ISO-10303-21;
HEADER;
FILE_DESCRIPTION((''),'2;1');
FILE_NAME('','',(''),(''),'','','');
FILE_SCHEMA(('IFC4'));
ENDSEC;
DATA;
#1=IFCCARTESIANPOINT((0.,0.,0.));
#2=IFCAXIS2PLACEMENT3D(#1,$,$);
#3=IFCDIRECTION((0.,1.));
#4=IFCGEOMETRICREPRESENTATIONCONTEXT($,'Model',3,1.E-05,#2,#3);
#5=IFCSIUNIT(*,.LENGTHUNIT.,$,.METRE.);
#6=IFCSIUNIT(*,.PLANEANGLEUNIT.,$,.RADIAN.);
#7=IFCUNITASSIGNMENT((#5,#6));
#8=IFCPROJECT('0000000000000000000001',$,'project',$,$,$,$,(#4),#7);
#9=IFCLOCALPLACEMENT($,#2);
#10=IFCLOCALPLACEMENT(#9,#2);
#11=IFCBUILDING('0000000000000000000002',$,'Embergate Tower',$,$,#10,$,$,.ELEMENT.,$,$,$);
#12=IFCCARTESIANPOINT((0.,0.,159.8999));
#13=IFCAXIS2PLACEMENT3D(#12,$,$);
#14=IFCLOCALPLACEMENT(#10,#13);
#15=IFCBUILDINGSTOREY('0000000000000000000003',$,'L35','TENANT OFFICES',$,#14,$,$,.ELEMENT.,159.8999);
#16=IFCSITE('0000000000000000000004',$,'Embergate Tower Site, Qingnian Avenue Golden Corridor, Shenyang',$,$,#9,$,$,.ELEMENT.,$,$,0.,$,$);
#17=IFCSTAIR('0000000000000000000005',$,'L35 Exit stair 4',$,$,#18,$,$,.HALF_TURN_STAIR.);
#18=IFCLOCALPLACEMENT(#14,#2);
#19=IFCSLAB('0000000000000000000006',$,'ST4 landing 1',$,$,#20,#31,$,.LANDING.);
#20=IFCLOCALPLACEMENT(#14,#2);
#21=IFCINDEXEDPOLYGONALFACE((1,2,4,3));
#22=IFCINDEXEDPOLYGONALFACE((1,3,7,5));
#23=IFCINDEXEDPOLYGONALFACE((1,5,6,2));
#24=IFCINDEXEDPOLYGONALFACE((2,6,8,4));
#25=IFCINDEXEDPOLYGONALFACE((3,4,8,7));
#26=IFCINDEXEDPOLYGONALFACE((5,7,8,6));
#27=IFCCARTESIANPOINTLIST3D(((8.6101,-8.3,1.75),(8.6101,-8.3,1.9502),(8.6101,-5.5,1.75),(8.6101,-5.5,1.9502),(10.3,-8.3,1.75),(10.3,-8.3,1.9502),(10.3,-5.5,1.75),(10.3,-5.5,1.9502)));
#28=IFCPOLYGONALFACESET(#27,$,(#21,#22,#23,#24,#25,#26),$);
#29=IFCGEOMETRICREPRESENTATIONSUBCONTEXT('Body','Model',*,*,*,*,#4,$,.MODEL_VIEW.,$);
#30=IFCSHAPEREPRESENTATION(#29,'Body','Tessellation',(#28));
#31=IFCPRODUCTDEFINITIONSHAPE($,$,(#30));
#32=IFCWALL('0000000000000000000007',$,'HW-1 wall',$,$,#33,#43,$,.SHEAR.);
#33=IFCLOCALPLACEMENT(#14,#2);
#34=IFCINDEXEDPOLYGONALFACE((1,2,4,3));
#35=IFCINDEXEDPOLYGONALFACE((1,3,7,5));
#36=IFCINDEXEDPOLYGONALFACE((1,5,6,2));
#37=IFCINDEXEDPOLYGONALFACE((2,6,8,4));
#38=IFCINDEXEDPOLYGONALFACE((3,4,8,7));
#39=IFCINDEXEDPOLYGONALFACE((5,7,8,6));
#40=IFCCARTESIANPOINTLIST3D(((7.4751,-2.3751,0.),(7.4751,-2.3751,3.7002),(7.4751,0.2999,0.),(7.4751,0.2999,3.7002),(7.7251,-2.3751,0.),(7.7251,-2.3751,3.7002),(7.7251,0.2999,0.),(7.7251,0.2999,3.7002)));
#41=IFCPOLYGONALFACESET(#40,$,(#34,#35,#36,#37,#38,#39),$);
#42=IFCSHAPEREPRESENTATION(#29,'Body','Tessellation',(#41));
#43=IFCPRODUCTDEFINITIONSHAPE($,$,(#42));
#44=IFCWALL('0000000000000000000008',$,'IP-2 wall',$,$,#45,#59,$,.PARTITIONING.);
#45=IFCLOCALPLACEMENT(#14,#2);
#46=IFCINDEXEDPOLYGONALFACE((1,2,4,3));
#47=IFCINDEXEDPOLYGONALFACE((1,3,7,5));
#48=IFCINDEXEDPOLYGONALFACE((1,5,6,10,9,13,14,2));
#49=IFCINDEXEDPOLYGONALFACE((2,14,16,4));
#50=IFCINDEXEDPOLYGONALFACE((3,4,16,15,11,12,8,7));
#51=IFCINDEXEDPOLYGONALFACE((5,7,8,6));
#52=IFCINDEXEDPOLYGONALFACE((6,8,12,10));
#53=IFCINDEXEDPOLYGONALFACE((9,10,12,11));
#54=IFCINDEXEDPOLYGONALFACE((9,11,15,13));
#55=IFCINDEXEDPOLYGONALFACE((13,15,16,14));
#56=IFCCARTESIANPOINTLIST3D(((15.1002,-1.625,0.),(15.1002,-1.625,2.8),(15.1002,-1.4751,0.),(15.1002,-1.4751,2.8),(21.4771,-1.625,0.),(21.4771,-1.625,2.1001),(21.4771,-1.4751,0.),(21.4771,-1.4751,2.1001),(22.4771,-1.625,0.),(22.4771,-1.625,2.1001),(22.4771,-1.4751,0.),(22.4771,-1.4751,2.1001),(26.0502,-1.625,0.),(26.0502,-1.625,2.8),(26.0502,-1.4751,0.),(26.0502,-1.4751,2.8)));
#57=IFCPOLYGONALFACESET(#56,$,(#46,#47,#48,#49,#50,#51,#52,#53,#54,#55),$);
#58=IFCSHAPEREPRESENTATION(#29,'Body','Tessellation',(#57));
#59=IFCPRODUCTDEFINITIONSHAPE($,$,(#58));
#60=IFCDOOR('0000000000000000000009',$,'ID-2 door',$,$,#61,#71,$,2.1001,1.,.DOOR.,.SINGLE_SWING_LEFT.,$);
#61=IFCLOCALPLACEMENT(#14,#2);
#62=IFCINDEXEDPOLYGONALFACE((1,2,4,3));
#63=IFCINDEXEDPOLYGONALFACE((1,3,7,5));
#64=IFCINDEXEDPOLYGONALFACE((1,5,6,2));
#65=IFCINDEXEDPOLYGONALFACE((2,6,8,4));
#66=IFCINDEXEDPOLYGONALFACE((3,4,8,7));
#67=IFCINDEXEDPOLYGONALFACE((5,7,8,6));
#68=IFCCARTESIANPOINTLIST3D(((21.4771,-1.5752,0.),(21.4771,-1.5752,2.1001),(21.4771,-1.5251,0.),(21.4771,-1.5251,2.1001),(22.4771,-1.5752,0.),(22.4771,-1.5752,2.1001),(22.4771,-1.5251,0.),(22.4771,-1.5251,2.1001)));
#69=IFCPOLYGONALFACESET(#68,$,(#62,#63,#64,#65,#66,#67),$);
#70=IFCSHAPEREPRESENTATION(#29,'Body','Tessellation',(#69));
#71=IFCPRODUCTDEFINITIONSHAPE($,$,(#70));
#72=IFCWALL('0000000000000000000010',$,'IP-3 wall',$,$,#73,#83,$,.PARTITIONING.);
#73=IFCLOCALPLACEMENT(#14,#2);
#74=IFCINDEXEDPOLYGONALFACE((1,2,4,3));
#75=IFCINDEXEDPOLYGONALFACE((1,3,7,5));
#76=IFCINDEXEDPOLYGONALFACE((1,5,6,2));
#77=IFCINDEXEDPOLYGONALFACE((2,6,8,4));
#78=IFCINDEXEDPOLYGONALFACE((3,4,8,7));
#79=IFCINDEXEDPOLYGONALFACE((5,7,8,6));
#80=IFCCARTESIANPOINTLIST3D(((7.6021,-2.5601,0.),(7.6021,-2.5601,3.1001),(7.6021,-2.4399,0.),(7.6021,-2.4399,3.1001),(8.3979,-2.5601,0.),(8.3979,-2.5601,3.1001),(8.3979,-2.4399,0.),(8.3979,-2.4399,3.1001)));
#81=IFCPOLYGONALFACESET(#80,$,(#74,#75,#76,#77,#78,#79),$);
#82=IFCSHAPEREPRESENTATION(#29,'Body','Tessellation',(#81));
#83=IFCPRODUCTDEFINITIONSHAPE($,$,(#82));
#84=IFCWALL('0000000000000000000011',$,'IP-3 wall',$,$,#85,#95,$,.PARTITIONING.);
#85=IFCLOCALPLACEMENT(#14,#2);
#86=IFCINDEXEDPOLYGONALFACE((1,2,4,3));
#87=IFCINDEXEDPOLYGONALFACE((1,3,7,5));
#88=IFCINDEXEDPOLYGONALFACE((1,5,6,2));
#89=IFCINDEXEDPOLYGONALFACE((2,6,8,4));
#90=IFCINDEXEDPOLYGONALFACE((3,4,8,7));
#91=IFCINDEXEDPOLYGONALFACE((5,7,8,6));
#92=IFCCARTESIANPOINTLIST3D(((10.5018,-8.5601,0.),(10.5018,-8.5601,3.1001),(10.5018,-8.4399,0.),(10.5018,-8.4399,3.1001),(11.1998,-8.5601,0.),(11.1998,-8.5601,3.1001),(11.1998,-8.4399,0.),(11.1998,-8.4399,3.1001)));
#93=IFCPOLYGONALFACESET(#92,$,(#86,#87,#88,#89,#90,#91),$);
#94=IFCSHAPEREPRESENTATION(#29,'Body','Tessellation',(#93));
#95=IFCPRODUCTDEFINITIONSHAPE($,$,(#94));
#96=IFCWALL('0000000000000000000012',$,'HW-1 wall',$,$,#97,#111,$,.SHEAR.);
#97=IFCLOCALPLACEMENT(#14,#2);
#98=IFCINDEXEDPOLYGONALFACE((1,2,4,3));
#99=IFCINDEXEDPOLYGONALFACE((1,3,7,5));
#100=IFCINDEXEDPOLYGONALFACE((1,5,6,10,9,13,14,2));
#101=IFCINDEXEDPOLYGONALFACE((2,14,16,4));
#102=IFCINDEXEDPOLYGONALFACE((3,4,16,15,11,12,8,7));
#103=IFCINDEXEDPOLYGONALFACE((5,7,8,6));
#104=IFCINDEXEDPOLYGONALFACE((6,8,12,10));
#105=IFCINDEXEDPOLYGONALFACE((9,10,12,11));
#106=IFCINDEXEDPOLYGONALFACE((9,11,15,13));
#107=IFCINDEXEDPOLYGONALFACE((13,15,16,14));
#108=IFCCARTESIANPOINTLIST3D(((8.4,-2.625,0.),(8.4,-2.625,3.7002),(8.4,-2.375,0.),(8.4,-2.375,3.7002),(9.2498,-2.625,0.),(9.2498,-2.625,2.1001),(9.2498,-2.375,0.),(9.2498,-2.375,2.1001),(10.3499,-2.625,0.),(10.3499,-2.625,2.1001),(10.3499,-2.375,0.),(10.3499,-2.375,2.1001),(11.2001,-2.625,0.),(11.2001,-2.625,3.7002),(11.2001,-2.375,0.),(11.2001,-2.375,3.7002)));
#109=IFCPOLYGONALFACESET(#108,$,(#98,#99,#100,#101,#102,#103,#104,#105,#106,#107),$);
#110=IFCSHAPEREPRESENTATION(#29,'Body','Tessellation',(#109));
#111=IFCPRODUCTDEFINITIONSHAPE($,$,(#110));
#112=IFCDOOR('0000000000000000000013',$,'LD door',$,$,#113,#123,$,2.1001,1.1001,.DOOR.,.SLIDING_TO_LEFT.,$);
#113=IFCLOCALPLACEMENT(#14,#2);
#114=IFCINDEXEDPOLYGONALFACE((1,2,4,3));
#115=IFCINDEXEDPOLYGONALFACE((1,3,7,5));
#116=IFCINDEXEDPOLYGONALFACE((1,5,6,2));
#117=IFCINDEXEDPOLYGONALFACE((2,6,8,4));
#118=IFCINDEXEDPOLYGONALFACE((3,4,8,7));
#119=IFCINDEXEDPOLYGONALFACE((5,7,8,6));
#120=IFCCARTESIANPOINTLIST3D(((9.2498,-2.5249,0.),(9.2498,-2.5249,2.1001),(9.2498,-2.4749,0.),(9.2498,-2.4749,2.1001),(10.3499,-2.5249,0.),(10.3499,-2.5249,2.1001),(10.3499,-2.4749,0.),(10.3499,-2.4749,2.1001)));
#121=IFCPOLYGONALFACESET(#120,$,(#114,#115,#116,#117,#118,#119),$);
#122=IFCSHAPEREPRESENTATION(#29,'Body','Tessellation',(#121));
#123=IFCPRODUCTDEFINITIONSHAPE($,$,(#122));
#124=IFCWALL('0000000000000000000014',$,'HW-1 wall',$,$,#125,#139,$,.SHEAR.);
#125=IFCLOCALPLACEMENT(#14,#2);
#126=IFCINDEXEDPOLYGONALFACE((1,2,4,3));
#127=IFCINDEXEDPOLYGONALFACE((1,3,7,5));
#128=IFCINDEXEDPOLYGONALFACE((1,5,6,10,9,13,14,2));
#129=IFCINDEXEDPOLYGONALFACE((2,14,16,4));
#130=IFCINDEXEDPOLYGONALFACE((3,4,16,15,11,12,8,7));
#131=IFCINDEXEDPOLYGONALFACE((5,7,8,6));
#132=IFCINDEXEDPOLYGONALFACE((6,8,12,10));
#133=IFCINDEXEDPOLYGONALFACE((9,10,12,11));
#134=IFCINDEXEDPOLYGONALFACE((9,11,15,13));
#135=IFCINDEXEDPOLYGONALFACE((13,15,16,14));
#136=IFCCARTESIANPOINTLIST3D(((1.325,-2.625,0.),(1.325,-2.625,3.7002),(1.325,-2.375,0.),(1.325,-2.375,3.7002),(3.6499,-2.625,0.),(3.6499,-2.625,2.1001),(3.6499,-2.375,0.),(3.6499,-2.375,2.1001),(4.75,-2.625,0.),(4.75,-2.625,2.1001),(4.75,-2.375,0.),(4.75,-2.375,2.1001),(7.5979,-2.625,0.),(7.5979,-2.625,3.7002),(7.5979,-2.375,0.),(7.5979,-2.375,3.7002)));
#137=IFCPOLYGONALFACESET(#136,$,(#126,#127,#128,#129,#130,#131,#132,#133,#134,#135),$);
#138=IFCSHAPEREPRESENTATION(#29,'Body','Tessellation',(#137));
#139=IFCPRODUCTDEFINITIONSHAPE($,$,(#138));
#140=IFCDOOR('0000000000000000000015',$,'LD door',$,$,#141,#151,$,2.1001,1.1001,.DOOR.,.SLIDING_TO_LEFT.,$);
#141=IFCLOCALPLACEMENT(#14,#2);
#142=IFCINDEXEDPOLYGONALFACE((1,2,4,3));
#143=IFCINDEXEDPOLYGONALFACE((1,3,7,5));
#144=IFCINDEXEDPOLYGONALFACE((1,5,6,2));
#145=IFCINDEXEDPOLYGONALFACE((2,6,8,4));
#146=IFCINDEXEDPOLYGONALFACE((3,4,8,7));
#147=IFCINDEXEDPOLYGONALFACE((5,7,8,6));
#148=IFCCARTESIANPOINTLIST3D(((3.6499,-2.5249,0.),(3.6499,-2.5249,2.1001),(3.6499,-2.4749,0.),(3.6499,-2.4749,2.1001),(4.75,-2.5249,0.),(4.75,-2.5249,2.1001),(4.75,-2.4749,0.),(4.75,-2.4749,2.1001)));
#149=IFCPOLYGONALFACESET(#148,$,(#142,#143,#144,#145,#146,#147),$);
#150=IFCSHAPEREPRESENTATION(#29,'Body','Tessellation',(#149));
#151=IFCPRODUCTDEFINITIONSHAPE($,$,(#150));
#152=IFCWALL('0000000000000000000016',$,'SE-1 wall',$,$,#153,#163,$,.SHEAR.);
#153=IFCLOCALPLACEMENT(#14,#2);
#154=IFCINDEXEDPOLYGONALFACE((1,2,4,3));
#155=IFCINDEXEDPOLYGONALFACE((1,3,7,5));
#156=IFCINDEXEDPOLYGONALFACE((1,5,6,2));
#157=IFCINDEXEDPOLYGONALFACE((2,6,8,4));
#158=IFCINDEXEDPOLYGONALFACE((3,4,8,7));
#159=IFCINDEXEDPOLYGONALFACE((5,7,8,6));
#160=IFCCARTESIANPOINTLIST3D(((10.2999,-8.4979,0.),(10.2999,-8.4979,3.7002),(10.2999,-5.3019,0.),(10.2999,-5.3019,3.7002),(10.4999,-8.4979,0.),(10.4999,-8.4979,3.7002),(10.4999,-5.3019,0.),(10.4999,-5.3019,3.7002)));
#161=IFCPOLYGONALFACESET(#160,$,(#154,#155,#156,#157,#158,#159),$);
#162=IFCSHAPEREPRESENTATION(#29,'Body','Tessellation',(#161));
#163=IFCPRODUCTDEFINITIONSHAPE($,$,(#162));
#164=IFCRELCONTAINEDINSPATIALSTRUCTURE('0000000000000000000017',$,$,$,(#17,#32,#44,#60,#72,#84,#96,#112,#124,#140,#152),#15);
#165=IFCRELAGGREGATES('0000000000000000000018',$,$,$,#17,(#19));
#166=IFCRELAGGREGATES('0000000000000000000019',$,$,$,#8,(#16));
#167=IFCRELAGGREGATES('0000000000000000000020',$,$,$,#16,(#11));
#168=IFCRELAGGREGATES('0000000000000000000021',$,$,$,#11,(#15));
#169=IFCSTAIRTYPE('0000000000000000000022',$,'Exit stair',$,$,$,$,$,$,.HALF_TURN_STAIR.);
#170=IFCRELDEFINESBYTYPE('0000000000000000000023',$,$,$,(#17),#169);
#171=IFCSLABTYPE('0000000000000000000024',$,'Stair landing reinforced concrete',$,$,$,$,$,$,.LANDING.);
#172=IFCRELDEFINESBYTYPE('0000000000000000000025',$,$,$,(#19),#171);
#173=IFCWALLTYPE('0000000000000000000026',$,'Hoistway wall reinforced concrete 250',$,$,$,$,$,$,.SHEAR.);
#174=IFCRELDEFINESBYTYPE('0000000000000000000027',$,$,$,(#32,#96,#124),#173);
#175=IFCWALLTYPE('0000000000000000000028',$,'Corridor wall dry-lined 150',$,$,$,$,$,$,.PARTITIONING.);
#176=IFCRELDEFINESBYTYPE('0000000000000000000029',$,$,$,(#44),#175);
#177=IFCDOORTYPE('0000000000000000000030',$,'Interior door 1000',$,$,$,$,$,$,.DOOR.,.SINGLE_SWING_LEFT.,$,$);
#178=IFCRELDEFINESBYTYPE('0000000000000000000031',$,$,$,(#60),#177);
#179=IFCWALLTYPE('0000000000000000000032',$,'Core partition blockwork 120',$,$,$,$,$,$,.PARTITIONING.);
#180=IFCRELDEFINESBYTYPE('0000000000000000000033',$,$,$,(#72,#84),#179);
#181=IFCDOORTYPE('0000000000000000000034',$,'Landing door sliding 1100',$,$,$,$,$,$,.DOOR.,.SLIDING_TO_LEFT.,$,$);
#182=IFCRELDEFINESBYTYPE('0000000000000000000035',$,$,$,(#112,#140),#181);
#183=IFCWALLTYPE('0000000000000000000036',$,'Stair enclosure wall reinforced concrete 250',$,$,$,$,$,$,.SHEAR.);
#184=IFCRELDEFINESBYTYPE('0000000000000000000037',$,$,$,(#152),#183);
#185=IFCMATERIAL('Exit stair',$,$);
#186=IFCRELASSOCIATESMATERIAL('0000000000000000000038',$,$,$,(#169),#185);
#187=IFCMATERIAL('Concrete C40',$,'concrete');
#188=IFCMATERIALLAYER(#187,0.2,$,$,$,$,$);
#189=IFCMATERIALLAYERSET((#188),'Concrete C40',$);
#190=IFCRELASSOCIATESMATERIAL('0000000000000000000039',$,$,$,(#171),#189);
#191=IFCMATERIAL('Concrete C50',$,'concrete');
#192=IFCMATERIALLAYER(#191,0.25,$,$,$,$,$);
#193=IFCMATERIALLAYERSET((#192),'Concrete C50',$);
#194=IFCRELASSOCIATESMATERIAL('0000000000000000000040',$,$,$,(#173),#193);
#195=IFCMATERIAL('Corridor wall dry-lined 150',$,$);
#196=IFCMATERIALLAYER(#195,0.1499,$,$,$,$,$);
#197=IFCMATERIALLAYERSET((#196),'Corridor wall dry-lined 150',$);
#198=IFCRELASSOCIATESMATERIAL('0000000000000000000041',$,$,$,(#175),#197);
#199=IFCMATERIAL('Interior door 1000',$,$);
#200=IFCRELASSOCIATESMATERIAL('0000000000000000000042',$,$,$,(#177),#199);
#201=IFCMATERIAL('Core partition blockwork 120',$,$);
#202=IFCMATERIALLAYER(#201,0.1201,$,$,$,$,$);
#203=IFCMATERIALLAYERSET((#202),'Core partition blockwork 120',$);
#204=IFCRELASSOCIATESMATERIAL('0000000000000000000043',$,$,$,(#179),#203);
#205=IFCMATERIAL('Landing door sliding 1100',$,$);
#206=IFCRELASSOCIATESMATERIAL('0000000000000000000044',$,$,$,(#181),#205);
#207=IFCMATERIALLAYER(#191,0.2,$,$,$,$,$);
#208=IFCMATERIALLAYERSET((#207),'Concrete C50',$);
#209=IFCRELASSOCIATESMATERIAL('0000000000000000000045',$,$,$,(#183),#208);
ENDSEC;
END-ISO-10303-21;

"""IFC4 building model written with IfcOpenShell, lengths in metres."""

from ifc_helpers import new_model, si_unit, direction, frame, frame_2d, origin, place, context, subcontext, project, spatial, polyline, rectangle, outline, extrude, source, transform, mapped, material, layer, layer_set, type_object, element, fill, aggregate, save


model = new_model("IFC4")

# Units and contexts
model_context = context("Model", 3, precision=1e-05, world=origin(), true_north=direction((0.0, 1.0)))
body_context = subcontext(model_context, "Body", "Model", "MODEL_VIEW")
ifc_project = project(units=[si_unit("LENGTHUNIT", "METRE"), si_unit("PLANEANGLEUNIT", "RADIAN")], contexts=[model_context])

# Site, building, storey
site_placement = place(None, origin())
site = spatial("IfcSite", under=ifc_project, at=site_placement, Name="Embergate Tower Site, Qingnian Avenue Golden Corridor, Shenyang", CompositionType="ELEMENT", RefElevation=0.0)
building_placement = place(site_placement, origin())
building = spatial("IfcBuilding", under=site, at=building_placement, Name="Embergate Tower", CompositionType="ELEMENT")
storey_placement = place(building_placement, frame((0.0, 0.0, 159.8999)))
storey = spatial("IfcBuildingStorey", under=building, at=storey_placement, Name="L35", Description="TENANT OFFICES", CompositionType="ELEMENT", Elevation=159.8999)

# Stair, slab
ifc_material_1 = material(Name="Exit stair")
stair_type = type_object("IfcStairType", Name="Exit stair", PredefinedType="HALF_TURN_STAIR", material=ifc_material_1)
stair_placement = place(storey_placement, origin())
stair = element("IfcStair", 1, at=stair_placement, inside=storey, type_object=stair_type, Name="L35 Exit stair 4", PredefinedType="HALF_TURN_STAIR")
ifc_material_2 = material(Name="Concrete C40", Category="concrete")
ifc_layer_1 = layer(ifc_material_2, 0.2)
ifc_layer_set_1 = layer_set([ifc_layer_1], Name="Concrete C40")
slab_type = type_object("IfcSlabType", Name="Stair landing reinforced concrete", PredefinedType="LANDING", material=ifc_layer_set_1)
shared_shape_1 = source(origin(), body_context, "Body", "SweptSolid", [
    extrude(outline(polyline([(0.0, 0.0), (1.6899, 0.0), (1.6899, 2.8), (0.0, 2.8), (0.0, 0.0)])), origin(), (0.0, 0.0, 1.0), 0.2002),
])
slab_placement = place(storey_placement, frame((8.6101, -8.3, 1.75)))
slab = element("IfcSlab", 2, at=slab_placement, type_object=slab_type, Name="ST4 landing 1", PredefinedType="LANDING", context=body_context, shape_type="MappedRepresentation", body=[
    mapped(shared_shape_1, transform((0.0, 0.0, 0.0))),
])

# Wall
ifc_material_3 = material(Name="Concrete C50", Category="concrete")
ifc_layer_2 = layer(ifc_material_3, 0.25)
ifc_layer_set_2 = layer_set([ifc_layer_2], Name="Concrete C50")
wall_type_1 = type_object("IfcWallType", Name="Hoistway wall reinforced concrete 250", PredefinedType="SHEAR", material=ifc_layer_set_2)
shared_shape_2 = source(origin(), body_context, "Body", "SweptSolid", [
    extrude(rectangle(XDim=2.675, YDim=0.25, at=frame_2d((1.3374, 0.0))), origin(), (0.0, 0.0, 1.0), 3.7002),
])
wall_1_placement = place(storey_placement, frame((7.6001, -2.375, 0.0), z_axis=(0.0, 0.0, 1.0), x_axis=(0.0, 1.0, 0.0)))
element("IfcWall", 3, at=wall_1_placement, inside=storey, type_object=wall_type_1, Name="HW-1 wall", PredefinedType="SHEAR", context=body_context, shape_type="MappedRepresentation", body=[
    mapped(shared_shape_2, transform((0.0, 0.0, 0.0))),
])

# Wall, opening, door
ifc_material_4 = material(Name="Corridor wall dry-lined 150")
ifc_layer_3 = layer(ifc_material_4, 0.1499)
ifc_layer_set_3 = layer_set([ifc_layer_3], Name="Corridor wall dry-lined 150")
wall_type_2 = type_object("IfcWallType", Name="Corridor wall dry-lined 150", PredefinedType="PARTITIONING", material=ifc_layer_set_3)
shared_shape_3 = source(origin(), body_context, "Body", "SweptSolid", [
    extrude(rectangle(XDim=10.95, YDim=0.1499, at=frame_2d((5.4751, 0.0))), origin(), (0.0, 0.0, 1.0), 2.8),
])
wall_2_placement = place(storey_placement, frame((15.1001, -1.55, 0.0), z_axis=(0.0, 0.0, 1.0), x_axis=(1.0, 0.0, 0.0)))
wall_2 = element("IfcWall", 4, at=wall_2_placement, inside=storey, type_object=wall_type_2, Name="IP-2 wall", PredefinedType="PARTITIONING", context=body_context, shape_type="MappedRepresentation", body=[
    mapped(shared_shape_3, transform((0.0, 0.0, 0.0))),
])
shared_shape_4 = source(origin(), body_context, "Body", "SweptSolid", [
    extrude(rectangle(XDim=1.0, YDim=2.1001, at=frame_2d((0.5, 1.05))), frame((0.0, 0.085, 0.0), z_axis=(0.0, -1.0, 0.0), x_axis=(1.0, 0.0, 0.0)), (0.0, 0.0, 1.0), 0.1699),
])
opening_1_placement = place(wall_2_placement, frame((6.377, 0.0, 0.0)))
opening_1 = element("IfcOpeningElement", 5, at=opening_1_placement, cuts=wall_2, PredefinedType="OPENING", context=body_context, shape_type="MappedRepresentation", body=[
    mapped(shared_shape_4, transform((0.0, 0.0, 0.0))),
])
ifc_material_5 = material(Name="Interior door 1000")
door_type_1 = type_object("IfcDoorType", Name="Interior door 1000", OperationType="SINGLE_SWING_LEFT", PredefinedType="DOOR", material=ifc_material_5)
shared_shape_5 = source(origin(), body_context, "Body", "SweptSolid", [
    extrude(rectangle(XDim=1.0, YDim=2.1001, at=frame_2d((0.5, 1.05))), frame((0.0, 0.0249, 0.0), z_axis=(0.0, -1.0, 0.0), x_axis=(1.0, 0.0, 0.0)), (0.0, 0.0, 1.0), 0.05),
])
door_1_placement = place(opening_1_placement, origin())
door_1 = element("IfcDoor", 6, at=door_1_placement, inside=storey, type_object=door_type_1, Name="ID-2 door", OperationType="SINGLE_SWING_LEFT", OverallHeight=2.1001, OverallWidth=1.0, PredefinedType="DOOR", context=body_context, shape_type="MappedRepresentation", body=[
    mapped(shared_shape_5, transform((0.0, 0.0, 0.0))),
])
fill(opening_1, door_1)

# Walls
ifc_material_6 = material(Name="Core partition blockwork 120")
ifc_layer_4 = layer(ifc_material_6, 0.1201)
ifc_layer_set_4 = layer_set([ifc_layer_4], Name="Core partition blockwork 120")
wall_type_3 = type_object("IfcWallType", Name="Core partition blockwork 120", PredefinedType="PARTITIONING", material=ifc_layer_set_4)
shared_shape_6 = source(origin(), body_context, "Body", "SweptSolid", [
    extrude(rectangle(XDim=0.7959, YDim=0.1201, at=frame_2d((0.3979, 0.0))), origin(), (0.0, 0.0, 1.0), 3.1001),
])
wall_3_placement = place(storey_placement, frame((7.6021, -2.5, 0.0), z_axis=(0.0, 0.0, 1.0), x_axis=(1.0, 0.0, 0.0)))
element("IfcWall", 7, at=wall_3_placement, inside=storey, type_object=wall_type_3, Name="IP-3 wall", PredefinedType="PARTITIONING", context=body_context, shape_type="MappedRepresentation", body=[
    mapped(shared_shape_6, transform((0.0, 0.0, 0.0))),
])
shared_shape_7 = source(origin(), body_context, "Body", "SweptSolid", [
    extrude(rectangle(XDim=0.698, YDim=0.1201, at=frame_2d((0.3491, 0.0))), origin(), (0.0, 0.0, 1.0), 3.1001),
])
wall_4_placement = place(storey_placement, frame((11.2, -8.5, 0.0), z_axis=(0.0, 0.0, 1.0), x_axis=(-1.0, 0.0, 0.0)))
element("IfcWall", 8, at=wall_4_placement, inside=storey, type_object=wall_type_3, Name="IP-3 wall", PredefinedType="PARTITIONING", context=body_context, shape_type="MappedRepresentation", body=[
    mapped(shared_shape_7, transform((0.0, 0.0, 0.0))),
])

# Walls, openings, doors
shared_shape_8 = source(origin(), body_context, "Body", "SweptSolid", [
    extrude(rectangle(XDim=2.8, YDim=0.25, at=frame_2d((1.3999, 0.0))), origin(), (0.0, 0.0, 1.0), 3.7002),
])
wall_5_placement = place(storey_placement, frame((11.2, -2.5, 0.0), z_axis=(0.0, 0.0, 1.0), x_axis=(-1.0, 0.0, 0.0)))
wall_5 = element("IfcWall", 9, at=wall_5_placement, inside=storey, type_object=wall_type_1, Name="HW-1 wall", PredefinedType="SHEAR", context=body_context, shape_type="MappedRepresentation", body=[
    mapped(shared_shape_8, transform((0.0, 0.0, 0.0))),
])
shared_shape_9 = source(origin(), body_context, "Body", "SweptSolid", [
    extrude(rectangle(XDim=1.1001, YDim=2.1001, at=frame_2d((0.55, 1.05))), frame((0.0, 0.135, 0.0), z_axis=(0.0, -1.0, 0.0), x_axis=(1.0, 0.0, 0.0)), (0.0, 0.0, 1.0), 0.27),
])
opening_2_placement = place(wall_5_placement, frame((0.8501, 0.0, 0.0)))
opening_2 = element("IfcOpeningElement", 10, at=opening_2_placement, cuts=wall_5, PredefinedType="OPENING", context=body_context, shape_type="MappedRepresentation", body=[
    mapped(shared_shape_9, transform((0.0, 0.0, 0.0))),
])
ifc_material_7 = material(Name="Landing door sliding 1100")
door_type_2 = type_object("IfcDoorType", Name="Landing door sliding 1100", OperationType="SLIDING_TO_LEFT", PredefinedType="DOOR", material=ifc_material_7)
shared_shape_10 = source(origin(), body_context, "Body", "SweptSolid", [
    extrude(rectangle(XDim=1.1001, YDim=2.1001, at=frame_2d((0.55, 1.05))), frame((0.0, 0.0249, 0.0), z_axis=(0.0, -1.0, 0.0), x_axis=(1.0, 0.0, 0.0)), (0.0, 0.0, 1.0), 0.05),
])
door_2_placement = place(opening_2_placement, origin())
door_2 = element("IfcDoor", 11, at=door_2_placement, inside=storey, type_object=door_type_2, Name="LD door", OperationType="SLIDING_TO_LEFT", OverallHeight=2.1001, OverallWidth=1.1001, PredefinedType="DOOR", context=body_context, shape_type="MappedRepresentation", body=[
    mapped(shared_shape_10, transform((0.0, 0.0, 0.0))),
])
fill(opening_2, door_2)
shared_shape_11 = source(origin(), body_context, "Body", "SweptSolid", [
    extrude(rectangle(XDim=6.2729, YDim=0.25, at=frame_2d((3.1365, 0.0))), origin(), (0.0, 0.0, 1.0), 3.7002),
])
wall_6_placement = place(storey_placement, frame((7.5979, -2.5, 0.0), z_axis=(0.0, 0.0, 1.0), x_axis=(-1.0, 0.0, 0.0)))
wall_6 = element("IfcWall", 12, at=wall_6_placement, inside=storey, type_object=wall_type_1, Name="HW-1 wall", PredefinedType="SHEAR", context=body_context, shape_type="MappedRepresentation", body=[
    mapped(shared_shape_11, transform((0.0, 0.0, 0.0))),
])
opening_3_placement = place(wall_6_placement, frame((2.8479, 0.0, 0.0)))
opening_3 = element("IfcOpeningElement", 13, at=opening_3_placement, cuts=wall_6, PredefinedType="OPENING", context=body_context, shape_type="MappedRepresentation", body=[
    mapped(shared_shape_9, transform((0.0, 0.0, 0.0))),
])
door_3_placement = place(opening_3_placement, origin())
door_3 = element("IfcDoor", 14, at=door_3_placement, inside=storey, type_object=door_type_2, Name="LD door", OperationType="SLIDING_TO_LEFT", OverallHeight=2.1001, OverallWidth=1.1001, PredefinedType="DOOR", context=body_context, shape_type="MappedRepresentation", body=[
    mapped(shared_shape_10, transform((0.0, 0.0, 0.0))),
])
fill(opening_3, door_3)

# Wall
ifc_layer_5 = layer(ifc_material_3, 0.2)
ifc_layer_set_5 = layer_set([ifc_layer_5], Name="Concrete C50")
wall_type_4 = type_object("IfcWallType", Name="Stair enclosure wall reinforced concrete 250", PredefinedType="SHEAR", material=ifc_layer_set_5)
shared_shape_12 = source(origin(), body_context, "Body", "SweptSolid", [
    extrude(rectangle(XDim=3.196, YDim=0.2, at=frame_2d((1.5981, 0.0))), origin(), (0.0, 0.0, 1.0), 3.7002),
])
wall_7_placement = place(storey_placement, frame((10.3999, -8.498, 0.0), z_axis=(0.0, 0.0, 1.0), x_axis=(0.0, 1.0, 0.0)))
element("IfcWall", 15, at=wall_7_placement, inside=storey, type_object=wall_type_4, Name="SE-1 wall", PredefinedType="SHEAR", context=body_context, shape_type="MappedRepresentation", body=[
    mapped(shared_shape_12, transform((0.0, 0.0, 0.0))),
])

aggregate(stair, [slab])

save(model, "model.ifc")
